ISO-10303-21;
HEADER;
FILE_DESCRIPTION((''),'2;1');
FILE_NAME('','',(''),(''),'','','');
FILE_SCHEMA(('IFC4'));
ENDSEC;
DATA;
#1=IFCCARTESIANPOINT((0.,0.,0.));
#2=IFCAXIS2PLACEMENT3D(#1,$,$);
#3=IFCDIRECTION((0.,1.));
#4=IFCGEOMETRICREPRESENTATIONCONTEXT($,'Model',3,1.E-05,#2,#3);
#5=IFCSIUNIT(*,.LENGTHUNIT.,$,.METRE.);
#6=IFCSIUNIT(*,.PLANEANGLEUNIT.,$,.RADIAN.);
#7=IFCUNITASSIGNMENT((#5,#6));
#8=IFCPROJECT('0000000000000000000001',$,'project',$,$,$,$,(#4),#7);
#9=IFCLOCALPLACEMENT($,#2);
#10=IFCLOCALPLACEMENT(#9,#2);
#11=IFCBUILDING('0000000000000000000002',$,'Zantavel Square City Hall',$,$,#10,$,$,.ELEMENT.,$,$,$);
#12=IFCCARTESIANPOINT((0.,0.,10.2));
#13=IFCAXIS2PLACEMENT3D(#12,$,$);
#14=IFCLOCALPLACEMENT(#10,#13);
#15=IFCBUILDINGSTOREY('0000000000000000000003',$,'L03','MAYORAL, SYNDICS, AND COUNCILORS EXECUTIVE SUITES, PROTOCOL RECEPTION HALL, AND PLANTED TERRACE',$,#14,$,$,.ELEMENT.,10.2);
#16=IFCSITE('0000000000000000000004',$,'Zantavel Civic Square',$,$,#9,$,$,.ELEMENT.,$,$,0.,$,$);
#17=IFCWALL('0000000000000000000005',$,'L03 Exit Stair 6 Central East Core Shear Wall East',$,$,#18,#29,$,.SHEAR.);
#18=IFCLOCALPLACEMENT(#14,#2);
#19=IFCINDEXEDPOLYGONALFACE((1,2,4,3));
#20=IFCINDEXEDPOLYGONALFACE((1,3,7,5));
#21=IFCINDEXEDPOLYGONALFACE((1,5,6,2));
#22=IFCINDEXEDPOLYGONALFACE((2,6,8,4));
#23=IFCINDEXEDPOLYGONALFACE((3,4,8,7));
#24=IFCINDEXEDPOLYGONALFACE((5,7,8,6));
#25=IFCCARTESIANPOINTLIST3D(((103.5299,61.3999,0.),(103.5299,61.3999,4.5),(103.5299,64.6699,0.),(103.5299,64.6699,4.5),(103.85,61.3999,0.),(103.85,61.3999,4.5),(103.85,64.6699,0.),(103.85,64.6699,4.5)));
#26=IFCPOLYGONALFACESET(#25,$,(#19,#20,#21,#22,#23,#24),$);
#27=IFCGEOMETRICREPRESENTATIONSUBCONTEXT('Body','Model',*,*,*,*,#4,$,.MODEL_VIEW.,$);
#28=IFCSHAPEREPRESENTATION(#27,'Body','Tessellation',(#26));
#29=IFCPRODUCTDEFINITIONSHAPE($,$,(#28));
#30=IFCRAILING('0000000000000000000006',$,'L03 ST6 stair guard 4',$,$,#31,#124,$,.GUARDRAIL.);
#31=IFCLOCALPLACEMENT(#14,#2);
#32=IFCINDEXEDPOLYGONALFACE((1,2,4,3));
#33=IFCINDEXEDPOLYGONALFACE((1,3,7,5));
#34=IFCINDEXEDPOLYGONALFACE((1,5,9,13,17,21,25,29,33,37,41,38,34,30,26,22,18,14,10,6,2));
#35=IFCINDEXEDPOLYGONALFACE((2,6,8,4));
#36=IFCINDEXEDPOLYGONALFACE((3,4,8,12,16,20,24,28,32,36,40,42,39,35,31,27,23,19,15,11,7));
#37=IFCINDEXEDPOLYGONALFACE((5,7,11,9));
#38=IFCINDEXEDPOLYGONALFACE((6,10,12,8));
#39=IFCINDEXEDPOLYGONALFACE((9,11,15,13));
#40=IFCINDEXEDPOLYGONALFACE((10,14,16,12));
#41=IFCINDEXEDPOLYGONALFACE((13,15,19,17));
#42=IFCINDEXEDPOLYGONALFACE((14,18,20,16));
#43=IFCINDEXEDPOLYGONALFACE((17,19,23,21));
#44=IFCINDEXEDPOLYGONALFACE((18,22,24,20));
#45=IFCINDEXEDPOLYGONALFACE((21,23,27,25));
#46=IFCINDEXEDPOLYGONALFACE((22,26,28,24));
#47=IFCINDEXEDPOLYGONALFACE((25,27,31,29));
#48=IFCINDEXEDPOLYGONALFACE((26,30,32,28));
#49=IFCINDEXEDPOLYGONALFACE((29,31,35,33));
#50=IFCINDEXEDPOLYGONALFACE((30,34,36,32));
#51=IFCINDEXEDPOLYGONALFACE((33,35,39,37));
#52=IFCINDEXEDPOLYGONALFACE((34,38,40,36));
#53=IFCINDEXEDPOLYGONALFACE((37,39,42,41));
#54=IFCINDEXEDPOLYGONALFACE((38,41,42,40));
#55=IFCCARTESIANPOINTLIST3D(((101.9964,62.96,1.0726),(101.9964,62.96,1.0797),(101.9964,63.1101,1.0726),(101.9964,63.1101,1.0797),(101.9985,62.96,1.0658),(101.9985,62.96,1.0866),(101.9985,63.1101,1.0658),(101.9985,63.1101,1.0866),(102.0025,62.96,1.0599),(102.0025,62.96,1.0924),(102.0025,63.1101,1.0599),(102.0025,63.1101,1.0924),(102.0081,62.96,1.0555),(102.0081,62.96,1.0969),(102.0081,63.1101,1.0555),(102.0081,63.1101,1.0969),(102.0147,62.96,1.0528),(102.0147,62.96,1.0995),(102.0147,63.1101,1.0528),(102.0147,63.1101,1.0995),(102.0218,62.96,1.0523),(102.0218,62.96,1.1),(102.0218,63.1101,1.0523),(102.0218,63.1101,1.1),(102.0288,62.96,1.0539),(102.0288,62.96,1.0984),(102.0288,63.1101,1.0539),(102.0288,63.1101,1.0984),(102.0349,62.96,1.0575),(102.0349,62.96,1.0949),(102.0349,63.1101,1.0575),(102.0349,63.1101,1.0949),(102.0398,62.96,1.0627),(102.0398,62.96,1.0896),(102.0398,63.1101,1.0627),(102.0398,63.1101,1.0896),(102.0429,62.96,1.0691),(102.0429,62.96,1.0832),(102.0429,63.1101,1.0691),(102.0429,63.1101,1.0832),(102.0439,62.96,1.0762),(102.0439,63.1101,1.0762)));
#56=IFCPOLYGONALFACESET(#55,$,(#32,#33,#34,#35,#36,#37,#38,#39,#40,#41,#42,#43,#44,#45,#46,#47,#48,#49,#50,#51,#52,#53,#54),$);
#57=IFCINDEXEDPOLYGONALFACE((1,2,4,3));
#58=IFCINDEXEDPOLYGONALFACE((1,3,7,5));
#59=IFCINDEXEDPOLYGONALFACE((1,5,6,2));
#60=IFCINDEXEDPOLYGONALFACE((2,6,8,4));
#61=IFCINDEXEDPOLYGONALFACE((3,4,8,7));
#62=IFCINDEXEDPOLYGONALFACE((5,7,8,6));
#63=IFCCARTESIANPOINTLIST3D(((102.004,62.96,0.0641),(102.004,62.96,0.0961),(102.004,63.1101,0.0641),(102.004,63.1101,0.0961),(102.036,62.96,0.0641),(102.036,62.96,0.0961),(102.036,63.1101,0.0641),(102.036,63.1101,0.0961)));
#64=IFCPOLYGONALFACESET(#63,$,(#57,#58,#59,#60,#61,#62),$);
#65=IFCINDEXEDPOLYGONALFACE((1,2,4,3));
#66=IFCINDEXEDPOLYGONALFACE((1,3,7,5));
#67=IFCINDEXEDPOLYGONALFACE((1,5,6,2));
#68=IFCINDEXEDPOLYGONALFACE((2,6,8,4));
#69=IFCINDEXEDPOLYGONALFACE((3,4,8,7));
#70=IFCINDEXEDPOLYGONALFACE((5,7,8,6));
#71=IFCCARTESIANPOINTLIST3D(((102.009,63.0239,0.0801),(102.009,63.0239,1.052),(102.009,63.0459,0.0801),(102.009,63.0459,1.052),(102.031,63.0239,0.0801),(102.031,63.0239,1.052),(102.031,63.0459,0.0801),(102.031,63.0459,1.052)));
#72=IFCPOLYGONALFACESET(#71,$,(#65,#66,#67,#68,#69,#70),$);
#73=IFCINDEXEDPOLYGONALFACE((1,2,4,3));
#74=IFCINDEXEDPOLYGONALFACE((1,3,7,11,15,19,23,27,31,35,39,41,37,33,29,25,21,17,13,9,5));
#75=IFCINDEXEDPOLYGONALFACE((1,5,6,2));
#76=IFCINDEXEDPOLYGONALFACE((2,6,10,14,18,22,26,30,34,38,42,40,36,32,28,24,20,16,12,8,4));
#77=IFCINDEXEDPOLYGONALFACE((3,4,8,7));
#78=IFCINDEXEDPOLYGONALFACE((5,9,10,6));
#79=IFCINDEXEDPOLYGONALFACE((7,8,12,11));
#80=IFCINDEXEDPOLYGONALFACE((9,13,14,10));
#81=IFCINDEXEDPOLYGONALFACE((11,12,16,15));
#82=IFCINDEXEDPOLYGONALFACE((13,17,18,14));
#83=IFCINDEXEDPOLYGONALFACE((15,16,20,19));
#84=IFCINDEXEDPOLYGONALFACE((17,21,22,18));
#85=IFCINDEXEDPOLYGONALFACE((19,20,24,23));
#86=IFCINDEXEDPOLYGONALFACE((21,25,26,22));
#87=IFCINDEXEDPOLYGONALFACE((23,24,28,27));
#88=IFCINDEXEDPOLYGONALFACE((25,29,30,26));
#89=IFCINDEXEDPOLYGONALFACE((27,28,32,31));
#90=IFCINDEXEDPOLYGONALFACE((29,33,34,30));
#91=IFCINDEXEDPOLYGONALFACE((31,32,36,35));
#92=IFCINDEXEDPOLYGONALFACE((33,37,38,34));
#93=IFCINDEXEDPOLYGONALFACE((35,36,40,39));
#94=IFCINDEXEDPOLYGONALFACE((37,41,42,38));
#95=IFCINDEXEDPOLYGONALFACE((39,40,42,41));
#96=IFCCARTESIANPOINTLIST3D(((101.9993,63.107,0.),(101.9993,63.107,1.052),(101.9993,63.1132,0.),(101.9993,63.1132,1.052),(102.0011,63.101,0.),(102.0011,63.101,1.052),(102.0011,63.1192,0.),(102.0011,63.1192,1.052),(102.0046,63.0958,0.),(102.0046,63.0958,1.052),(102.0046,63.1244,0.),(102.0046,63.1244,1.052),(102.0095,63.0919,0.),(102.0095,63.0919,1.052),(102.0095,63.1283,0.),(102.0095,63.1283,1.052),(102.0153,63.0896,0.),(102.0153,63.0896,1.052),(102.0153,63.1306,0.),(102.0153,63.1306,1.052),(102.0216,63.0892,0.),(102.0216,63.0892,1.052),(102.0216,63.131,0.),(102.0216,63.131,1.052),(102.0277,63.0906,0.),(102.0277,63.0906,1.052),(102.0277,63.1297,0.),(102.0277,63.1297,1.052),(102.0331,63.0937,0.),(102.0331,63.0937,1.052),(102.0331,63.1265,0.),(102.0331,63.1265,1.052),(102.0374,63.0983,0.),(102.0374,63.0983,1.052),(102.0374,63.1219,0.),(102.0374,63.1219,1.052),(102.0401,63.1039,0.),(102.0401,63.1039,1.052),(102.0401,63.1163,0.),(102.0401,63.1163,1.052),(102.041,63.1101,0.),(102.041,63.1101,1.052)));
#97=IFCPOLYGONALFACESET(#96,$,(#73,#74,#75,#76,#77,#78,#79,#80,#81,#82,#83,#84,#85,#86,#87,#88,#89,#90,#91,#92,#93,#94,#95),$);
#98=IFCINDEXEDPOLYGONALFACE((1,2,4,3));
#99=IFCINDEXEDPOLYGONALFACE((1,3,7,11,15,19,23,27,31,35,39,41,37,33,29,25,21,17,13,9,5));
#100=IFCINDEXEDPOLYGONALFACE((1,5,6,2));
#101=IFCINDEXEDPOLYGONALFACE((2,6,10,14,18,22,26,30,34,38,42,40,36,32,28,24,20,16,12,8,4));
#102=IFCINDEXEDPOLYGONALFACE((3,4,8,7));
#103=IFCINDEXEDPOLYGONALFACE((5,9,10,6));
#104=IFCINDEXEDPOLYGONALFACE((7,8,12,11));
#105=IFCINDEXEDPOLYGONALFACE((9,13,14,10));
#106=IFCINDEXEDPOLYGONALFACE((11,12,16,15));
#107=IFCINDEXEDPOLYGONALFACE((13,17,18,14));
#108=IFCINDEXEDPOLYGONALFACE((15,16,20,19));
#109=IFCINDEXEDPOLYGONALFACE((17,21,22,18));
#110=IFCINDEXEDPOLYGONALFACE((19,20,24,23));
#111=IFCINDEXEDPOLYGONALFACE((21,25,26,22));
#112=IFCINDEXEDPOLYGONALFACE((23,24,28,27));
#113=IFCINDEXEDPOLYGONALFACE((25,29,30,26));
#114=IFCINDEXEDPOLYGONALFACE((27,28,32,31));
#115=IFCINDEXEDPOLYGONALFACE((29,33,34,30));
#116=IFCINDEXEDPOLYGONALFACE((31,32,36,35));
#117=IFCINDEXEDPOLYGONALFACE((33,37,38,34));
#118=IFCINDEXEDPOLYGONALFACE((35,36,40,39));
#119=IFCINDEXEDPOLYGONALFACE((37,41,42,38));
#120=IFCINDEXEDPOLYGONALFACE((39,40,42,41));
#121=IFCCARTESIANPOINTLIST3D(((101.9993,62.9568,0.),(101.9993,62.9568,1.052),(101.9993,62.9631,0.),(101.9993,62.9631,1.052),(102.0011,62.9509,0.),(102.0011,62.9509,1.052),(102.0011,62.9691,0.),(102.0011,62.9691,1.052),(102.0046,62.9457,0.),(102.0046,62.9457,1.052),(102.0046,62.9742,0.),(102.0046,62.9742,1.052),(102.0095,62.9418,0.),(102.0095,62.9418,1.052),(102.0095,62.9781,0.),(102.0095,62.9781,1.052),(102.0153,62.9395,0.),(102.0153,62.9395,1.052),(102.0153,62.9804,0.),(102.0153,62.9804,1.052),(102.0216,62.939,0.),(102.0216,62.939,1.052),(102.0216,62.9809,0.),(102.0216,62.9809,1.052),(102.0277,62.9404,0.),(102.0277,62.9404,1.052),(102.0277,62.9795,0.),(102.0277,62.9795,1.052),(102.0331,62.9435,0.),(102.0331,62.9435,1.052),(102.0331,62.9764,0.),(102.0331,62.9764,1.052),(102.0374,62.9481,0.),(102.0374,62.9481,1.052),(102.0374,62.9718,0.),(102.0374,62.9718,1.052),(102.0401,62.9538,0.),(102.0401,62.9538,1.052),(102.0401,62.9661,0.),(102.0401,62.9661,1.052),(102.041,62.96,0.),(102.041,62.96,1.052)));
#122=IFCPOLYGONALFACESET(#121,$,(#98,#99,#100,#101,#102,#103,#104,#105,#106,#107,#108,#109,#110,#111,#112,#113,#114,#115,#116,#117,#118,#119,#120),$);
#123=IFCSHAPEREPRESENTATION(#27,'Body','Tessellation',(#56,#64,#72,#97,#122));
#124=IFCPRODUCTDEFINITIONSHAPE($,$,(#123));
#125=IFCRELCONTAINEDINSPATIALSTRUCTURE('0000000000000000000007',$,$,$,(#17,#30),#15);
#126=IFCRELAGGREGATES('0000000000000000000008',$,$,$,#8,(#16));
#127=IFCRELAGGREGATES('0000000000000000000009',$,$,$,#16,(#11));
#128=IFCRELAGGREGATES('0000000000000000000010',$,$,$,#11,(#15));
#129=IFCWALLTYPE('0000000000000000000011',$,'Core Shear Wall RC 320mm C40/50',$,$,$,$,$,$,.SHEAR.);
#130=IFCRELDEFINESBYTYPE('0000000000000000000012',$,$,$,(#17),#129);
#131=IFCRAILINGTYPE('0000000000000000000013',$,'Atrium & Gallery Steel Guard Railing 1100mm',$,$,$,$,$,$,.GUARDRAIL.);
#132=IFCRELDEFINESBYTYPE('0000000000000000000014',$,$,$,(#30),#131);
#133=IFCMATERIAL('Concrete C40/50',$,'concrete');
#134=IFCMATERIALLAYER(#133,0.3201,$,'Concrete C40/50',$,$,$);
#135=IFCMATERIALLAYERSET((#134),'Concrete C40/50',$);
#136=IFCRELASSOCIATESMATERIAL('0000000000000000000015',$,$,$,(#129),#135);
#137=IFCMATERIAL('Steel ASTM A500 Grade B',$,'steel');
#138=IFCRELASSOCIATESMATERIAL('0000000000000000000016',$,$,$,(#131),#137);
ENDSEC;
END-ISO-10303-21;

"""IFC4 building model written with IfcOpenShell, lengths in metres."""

from ifc_helpers import new_model, si_unit, direction, frame, frame_2d, origin, origin_2d, place, context, subcontext, project, spatial, rectangle, circle, extrude, material, layer, layer_set, type_object, element, save


model = new_model("IFC4")

# Units and contexts
model_context = context("Model", 3, precision=1e-05, world=origin(), true_north=direction((0.0, 1.0)))
body_context = subcontext(model_context, "Body", "Model", "MODEL_VIEW")
ifc_project = project(units=[si_unit("LENGTHUNIT", "METRE"), si_unit("PLANEANGLEUNIT", "RADIAN")], contexts=[model_context])

# Site, building, storey
site_placement = place(None, origin())
site = spatial("IfcSite", under=ifc_project, at=site_placement, Name="Zantavel Civic Square", CompositionType="ELEMENT", RefElevation=0.0)
building_placement = place(site_placement, origin())
building = spatial("IfcBuilding", under=site, at=building_placement, Name="Zantavel Square City Hall", CompositionType="ELEMENT")
storey_placement = place(building_placement, frame((0.0, 0.0, 10.2)))
storey = spatial("IfcBuildingStorey", under=building, at=storey_placement, Name="L03", Description="MAYORAL, SYNDICS, AND COUNCILORS EXECUTIVE SUITES, PROTOCOL RECEPTION HALL, AND PLANTED TERRACE", CompositionType="ELEMENT", Elevation=10.2)

# Shared definitions
ifc_material_1 = material(Name="Concrete C40/50", Category="concrete")

# Shared definitions
ifc_layer_1 = layer(ifc_material_1, 0.3201, Name="Concrete C40/50")
ifc_layer_set_1 = layer_set([ifc_layer_1], Name="Concrete C40/50")
wall_type = type_object("IfcWallType", Name="Core Shear Wall RC 320mm C40/50", PredefinedType="SHEAR", material=ifc_layer_set_1)
ifc_material_2 = material(Name="Steel ASTM A500 Grade B", Category="steel")

# Wall
wall_1_placement = place(storey_placement, frame((103.6899, 64.6699, 0.0), z_axis=(0.0, 0.0, 1.0), x_axis=(0.0, -1.0, 0.0)))
element("IfcWall", 1, at=wall_1_placement, inside=storey, type_object=wall_type, Name="L03 Exit Stair 6 Central East Core Shear Wall East", PredefinedType="SHEAR", context=body_context, shape_type="SweptSolid", body=[
    extrude(rectangle(XDim=3.27, YDim=0.3201, at=frame_2d((1.635, 0.0))), origin(), (0.0, 0.0, 1.0), 4.5),
])

# Railing
railing_type_1 = type_object("IfcRailingType", Name="Atrium & Gallery Steel Guard Railing 1100mm", PredefinedType="GUARDRAIL", material=ifc_material_2)
railing_1_placement = place(storey_placement, frame((102.02, 63.1101, 0.0)))
element("IfcRailing", 2, at=railing_1_placement, inside=storey, type_object=railing_type_1, Name="L03 ST6 stair guard 4", PredefinedType="GUARDRAIL", context=body_context, shape_type="SweptSolid", body=[
    extrude(circle(Radius=0.0239, at=origin_2d()), frame((0.0, 0.0, 1.0762), z_axis=(0.0, -1.0, 0.0), x_axis=(1.0, 0.0, 0.0)), (0.0, 0.0, 1.0), 0.1501),
    extrude(rectangle(XDim=0.032, YDim=0.032, at=origin_2d()), frame((0.0, 0.0, 0.0801), z_axis=(0.0, -1.0, 0.0), x_axis=(1.0, 0.0, 0.0)), (0.0, 0.0, 1.0), 0.1501),
    extrude(rectangle(XDim=0.022, YDim=0.022, at=origin_2d()), frame((0.0, -0.0752, 0.0801)), (0.0, 0.0, 1.0), 0.9719),
    extrude(circle(Radius=0.021, at=origin_2d()), origin(), (0.0, 0.0, 1.0), 1.052),
    extrude(circle(Radius=0.021, at=origin_2d()), frame((0.0, -0.1501, 0.0)), (0.0, 0.0, 1.0), 1.052),
])

save(model, "model.ifc")
